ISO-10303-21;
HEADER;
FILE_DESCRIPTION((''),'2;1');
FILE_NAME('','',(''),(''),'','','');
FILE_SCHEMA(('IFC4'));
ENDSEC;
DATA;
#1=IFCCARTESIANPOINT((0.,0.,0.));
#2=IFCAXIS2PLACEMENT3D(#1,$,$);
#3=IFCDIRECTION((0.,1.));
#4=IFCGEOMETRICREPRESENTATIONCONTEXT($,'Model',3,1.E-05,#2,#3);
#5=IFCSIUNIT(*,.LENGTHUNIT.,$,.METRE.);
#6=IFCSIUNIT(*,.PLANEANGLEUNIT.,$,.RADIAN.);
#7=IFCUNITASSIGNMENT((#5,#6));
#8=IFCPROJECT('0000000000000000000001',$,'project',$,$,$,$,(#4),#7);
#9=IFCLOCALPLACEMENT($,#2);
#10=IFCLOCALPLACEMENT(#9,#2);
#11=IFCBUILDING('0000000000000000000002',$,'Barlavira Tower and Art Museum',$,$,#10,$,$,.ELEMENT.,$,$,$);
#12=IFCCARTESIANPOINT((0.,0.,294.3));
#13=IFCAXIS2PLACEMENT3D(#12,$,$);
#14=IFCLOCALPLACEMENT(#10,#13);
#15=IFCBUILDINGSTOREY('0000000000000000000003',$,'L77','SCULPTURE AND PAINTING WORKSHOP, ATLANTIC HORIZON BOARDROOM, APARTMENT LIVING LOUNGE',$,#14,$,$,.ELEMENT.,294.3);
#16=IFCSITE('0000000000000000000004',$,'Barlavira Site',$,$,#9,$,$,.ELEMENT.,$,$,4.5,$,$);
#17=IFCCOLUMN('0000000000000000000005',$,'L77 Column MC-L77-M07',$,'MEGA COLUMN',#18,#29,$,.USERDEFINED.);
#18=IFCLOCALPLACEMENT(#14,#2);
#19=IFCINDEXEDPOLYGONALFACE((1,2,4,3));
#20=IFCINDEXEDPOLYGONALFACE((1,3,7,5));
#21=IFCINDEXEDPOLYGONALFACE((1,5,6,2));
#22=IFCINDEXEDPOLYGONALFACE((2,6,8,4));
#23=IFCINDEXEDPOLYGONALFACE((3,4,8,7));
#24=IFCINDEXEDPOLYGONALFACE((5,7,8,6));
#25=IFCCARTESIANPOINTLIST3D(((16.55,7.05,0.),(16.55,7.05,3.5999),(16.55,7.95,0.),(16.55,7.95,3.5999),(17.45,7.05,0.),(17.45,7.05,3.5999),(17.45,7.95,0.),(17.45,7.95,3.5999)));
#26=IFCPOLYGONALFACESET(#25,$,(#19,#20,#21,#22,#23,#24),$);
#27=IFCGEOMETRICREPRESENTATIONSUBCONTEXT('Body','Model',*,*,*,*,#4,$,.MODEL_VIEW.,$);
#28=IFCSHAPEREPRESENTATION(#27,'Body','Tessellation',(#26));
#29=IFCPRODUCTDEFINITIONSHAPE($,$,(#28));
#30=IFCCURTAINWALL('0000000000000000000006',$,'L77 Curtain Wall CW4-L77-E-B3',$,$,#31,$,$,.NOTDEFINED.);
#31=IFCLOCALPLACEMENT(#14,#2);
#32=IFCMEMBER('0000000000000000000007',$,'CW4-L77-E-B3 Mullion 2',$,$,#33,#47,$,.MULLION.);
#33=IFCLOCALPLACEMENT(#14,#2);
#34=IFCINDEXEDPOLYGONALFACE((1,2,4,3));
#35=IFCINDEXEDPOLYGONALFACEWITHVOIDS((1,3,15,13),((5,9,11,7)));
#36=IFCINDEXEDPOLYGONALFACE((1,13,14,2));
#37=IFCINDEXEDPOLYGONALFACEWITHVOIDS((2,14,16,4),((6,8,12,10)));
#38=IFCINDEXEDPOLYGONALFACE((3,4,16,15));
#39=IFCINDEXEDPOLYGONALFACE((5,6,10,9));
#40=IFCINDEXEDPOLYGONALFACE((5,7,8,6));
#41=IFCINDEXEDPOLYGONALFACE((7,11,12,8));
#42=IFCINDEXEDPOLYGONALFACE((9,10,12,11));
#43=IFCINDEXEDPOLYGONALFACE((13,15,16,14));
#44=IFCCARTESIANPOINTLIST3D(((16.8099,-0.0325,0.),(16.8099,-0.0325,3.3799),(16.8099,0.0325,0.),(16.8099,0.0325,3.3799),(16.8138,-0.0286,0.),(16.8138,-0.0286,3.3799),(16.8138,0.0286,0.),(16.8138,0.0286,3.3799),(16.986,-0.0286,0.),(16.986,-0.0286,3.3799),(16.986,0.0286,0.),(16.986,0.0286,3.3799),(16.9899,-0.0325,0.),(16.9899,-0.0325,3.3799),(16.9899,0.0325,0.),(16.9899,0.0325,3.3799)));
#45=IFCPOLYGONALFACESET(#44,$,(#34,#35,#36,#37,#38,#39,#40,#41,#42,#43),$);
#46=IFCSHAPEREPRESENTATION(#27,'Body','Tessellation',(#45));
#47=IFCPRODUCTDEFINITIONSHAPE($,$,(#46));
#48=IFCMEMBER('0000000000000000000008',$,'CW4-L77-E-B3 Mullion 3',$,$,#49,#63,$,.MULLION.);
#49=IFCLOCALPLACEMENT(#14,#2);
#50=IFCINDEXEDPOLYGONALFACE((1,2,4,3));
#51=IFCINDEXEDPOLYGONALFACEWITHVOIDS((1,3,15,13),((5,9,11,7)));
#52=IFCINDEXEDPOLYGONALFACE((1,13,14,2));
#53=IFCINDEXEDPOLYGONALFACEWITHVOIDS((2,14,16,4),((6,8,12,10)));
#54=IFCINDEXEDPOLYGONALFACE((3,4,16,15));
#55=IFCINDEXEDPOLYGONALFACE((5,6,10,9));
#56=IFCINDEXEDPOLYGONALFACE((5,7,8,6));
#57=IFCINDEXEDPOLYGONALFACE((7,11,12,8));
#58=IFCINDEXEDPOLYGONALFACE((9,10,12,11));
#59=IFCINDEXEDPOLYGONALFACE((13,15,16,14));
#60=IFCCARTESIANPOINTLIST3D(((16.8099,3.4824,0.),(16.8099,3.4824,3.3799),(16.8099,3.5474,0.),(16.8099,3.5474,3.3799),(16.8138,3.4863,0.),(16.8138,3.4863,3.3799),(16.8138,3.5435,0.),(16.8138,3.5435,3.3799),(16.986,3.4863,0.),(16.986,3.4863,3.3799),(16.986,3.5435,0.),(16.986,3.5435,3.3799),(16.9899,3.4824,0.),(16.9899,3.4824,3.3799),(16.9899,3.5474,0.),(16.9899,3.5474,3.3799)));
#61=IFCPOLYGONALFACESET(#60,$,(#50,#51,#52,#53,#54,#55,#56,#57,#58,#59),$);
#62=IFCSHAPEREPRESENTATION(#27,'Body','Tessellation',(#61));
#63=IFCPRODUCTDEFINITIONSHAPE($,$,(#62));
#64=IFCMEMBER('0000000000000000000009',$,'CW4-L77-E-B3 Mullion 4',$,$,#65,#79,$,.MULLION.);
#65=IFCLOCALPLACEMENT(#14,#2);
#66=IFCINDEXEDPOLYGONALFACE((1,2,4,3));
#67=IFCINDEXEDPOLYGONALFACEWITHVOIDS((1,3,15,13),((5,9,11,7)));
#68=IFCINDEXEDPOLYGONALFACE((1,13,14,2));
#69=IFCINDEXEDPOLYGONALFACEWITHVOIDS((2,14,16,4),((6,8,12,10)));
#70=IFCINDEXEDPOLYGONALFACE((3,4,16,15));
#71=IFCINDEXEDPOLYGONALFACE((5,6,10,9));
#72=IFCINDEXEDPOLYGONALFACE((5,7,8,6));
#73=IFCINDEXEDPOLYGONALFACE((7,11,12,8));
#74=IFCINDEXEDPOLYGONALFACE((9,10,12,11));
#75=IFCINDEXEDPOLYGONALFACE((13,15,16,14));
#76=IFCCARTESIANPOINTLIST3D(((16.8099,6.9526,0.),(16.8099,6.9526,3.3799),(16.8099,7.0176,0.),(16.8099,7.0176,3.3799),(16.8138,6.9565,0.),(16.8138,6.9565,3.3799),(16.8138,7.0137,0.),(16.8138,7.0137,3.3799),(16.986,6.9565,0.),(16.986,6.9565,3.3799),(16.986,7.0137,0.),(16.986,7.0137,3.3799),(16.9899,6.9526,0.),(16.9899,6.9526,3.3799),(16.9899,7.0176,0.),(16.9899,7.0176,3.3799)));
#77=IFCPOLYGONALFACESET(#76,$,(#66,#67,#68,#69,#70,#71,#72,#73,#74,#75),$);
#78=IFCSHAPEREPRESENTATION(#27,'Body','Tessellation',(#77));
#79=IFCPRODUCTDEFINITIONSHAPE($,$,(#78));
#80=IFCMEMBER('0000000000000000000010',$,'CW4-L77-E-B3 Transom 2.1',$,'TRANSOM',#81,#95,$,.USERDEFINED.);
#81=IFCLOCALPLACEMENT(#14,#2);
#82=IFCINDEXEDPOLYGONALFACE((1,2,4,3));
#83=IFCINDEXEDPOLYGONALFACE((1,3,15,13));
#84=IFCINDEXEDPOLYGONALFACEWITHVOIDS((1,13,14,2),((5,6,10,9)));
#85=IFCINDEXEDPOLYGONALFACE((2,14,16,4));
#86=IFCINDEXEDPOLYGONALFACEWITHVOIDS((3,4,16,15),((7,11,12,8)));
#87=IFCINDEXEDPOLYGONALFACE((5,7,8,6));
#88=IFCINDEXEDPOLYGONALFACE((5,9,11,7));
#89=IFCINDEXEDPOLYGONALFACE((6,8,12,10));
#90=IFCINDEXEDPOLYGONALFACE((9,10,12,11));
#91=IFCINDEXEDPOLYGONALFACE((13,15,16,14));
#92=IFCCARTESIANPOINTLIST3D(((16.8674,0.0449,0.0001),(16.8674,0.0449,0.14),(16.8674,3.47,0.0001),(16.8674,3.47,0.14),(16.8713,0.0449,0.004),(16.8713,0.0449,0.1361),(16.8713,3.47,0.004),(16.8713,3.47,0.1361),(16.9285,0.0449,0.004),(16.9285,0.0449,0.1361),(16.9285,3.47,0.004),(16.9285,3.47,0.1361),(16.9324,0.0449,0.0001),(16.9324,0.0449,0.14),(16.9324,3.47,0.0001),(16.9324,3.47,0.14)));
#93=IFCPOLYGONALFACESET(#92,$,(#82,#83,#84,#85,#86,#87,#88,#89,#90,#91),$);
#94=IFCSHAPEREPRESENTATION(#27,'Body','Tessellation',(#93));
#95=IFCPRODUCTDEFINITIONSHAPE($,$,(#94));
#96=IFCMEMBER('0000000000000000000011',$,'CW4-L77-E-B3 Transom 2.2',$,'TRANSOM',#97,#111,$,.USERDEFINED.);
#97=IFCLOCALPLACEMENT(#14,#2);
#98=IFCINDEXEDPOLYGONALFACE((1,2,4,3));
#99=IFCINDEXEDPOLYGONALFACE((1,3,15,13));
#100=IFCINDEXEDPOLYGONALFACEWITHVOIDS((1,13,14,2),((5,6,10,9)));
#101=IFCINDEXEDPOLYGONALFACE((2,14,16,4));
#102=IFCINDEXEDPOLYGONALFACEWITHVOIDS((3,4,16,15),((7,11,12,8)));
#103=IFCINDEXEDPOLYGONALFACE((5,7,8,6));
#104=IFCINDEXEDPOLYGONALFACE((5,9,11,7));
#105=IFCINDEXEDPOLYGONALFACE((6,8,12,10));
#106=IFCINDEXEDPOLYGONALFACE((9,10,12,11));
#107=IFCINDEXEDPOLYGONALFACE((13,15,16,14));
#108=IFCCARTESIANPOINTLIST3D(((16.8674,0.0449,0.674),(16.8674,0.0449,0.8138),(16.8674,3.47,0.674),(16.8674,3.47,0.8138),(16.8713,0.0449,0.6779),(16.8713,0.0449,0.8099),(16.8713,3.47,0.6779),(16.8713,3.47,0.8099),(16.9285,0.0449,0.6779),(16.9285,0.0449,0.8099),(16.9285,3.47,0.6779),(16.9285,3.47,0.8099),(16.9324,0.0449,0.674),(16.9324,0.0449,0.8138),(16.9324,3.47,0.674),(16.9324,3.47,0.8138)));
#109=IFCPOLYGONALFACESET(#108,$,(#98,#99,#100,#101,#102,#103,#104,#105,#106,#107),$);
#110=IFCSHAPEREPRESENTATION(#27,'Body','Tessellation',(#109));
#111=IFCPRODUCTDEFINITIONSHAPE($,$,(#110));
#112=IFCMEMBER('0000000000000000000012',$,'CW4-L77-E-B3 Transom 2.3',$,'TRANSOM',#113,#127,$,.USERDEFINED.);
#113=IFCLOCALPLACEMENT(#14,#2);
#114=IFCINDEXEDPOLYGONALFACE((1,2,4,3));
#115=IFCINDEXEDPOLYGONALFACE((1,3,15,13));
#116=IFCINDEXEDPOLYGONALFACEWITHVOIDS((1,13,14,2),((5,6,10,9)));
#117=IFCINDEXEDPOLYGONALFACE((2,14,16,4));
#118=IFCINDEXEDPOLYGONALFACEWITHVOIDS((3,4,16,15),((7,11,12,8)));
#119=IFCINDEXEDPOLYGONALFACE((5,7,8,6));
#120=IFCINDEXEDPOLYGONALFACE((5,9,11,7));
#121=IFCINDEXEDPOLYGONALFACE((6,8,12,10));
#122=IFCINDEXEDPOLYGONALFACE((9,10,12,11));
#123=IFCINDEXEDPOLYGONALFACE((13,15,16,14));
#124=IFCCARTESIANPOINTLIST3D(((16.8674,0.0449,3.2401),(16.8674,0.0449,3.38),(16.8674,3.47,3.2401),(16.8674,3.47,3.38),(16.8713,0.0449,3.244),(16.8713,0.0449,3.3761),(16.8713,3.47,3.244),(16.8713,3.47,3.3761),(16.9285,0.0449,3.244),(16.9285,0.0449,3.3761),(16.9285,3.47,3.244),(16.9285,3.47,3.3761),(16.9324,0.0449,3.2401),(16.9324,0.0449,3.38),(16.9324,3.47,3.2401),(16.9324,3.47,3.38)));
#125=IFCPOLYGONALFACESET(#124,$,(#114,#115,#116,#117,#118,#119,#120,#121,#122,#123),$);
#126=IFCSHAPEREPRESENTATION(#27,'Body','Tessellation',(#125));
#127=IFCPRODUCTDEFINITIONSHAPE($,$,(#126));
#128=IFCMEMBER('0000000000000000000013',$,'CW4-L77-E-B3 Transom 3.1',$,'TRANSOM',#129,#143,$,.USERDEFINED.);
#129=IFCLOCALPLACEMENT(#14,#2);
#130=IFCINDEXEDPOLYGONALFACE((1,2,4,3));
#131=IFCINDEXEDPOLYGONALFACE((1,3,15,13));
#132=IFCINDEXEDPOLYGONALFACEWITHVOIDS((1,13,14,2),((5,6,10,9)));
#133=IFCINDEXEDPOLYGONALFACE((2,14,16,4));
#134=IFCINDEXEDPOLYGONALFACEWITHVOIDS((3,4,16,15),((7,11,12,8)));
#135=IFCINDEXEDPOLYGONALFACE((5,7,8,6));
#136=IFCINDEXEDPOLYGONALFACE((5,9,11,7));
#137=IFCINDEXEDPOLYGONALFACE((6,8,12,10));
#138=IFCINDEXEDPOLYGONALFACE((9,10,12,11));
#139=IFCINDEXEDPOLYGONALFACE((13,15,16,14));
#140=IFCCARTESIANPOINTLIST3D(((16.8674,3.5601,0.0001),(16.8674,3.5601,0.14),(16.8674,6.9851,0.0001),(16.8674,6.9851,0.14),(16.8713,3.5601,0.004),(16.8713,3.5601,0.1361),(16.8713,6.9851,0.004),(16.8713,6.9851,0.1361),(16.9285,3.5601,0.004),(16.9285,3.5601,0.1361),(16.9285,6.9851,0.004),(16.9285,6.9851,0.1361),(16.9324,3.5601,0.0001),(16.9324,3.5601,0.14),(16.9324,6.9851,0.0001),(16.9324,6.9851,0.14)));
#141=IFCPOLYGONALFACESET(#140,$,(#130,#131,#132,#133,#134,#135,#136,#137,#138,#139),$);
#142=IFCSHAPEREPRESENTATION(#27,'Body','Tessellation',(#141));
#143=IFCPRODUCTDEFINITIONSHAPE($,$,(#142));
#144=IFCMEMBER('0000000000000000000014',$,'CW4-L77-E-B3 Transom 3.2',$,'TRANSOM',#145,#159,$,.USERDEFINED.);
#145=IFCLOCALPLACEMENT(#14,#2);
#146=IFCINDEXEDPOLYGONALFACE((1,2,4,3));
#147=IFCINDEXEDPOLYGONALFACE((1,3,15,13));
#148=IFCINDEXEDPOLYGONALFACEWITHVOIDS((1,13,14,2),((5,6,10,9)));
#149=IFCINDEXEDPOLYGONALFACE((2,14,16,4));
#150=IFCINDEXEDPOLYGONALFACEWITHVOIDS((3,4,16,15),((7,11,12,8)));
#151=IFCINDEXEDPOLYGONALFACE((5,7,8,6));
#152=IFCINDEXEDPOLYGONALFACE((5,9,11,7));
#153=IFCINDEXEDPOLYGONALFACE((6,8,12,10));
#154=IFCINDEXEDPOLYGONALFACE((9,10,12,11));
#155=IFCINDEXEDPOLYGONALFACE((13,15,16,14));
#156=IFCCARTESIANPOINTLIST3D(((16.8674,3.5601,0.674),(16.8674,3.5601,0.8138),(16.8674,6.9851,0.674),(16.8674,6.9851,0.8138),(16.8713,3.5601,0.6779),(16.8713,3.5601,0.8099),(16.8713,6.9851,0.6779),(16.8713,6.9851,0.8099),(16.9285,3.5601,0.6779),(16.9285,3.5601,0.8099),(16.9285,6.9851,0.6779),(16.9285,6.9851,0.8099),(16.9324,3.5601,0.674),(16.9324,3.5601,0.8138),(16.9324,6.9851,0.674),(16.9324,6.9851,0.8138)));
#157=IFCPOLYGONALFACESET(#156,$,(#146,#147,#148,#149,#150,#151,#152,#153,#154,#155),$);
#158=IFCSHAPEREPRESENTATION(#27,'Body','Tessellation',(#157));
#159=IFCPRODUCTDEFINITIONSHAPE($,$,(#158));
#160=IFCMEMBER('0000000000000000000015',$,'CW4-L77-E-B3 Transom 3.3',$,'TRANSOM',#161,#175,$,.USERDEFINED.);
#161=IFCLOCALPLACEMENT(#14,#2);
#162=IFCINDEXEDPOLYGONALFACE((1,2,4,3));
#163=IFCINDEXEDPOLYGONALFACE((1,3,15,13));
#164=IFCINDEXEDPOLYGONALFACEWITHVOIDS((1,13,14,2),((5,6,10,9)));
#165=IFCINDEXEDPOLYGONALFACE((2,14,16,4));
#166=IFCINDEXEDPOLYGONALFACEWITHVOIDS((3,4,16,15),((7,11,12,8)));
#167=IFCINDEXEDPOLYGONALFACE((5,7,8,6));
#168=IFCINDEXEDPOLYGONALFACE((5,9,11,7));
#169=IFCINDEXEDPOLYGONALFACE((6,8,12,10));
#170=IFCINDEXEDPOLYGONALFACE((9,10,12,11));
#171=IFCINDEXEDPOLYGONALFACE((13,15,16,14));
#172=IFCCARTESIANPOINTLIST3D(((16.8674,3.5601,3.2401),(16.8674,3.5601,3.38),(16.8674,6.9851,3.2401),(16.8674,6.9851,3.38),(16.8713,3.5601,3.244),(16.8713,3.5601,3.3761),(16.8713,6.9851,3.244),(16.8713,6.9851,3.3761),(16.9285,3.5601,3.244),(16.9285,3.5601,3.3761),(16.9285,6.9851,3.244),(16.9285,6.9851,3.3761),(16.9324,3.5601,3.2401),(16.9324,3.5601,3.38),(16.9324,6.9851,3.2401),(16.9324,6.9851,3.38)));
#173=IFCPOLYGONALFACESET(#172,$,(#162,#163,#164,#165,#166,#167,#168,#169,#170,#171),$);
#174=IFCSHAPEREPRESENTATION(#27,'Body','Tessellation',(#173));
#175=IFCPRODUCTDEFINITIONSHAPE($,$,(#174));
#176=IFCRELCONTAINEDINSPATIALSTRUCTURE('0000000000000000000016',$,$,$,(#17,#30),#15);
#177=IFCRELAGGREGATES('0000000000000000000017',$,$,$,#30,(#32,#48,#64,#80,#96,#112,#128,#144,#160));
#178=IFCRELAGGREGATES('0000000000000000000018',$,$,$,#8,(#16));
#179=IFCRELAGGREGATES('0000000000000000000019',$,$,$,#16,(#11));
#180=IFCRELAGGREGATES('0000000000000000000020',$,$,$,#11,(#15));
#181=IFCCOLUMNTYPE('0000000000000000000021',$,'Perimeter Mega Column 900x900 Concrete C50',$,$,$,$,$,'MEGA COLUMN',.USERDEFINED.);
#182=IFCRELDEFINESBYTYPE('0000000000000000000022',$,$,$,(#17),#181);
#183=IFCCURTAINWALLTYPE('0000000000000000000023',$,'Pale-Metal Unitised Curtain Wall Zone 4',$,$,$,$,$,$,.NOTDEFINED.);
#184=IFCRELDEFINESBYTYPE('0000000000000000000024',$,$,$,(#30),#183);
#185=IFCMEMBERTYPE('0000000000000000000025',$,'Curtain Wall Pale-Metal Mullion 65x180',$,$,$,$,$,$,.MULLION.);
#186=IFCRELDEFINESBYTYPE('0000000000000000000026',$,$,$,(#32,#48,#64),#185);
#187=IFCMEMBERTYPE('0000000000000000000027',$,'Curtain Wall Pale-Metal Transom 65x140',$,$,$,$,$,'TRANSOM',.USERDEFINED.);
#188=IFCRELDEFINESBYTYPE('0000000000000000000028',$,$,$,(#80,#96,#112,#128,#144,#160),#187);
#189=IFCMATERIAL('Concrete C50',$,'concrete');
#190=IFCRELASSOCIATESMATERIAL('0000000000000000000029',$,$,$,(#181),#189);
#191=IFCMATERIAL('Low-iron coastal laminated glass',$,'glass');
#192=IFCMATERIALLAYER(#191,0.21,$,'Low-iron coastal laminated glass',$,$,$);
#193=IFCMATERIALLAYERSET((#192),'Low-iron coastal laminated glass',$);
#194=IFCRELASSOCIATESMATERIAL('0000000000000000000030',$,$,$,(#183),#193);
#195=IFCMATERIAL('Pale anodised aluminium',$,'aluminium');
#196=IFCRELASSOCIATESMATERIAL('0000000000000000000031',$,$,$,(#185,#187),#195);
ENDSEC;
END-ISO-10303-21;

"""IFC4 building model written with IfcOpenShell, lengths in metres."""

from ifc_helpers import new_model, si_unit, direction, frame, origin, origin_2d, place, context, subcontext, project, spatial, rectangle, hollow_rectangle, extrude, material, layer, layer_set, material_profile, profile_set, type_object, element, aggregate, save


model = new_model("IFC4")

# Units and contexts
model_context = context("Model", 3, precision=1e-05, world=origin(), true_north=direction((0.0, 1.0)))
body_context = subcontext(model_context, "Body", "Model", "MODEL_VIEW")
ifc_project = project(units=[si_unit("LENGTHUNIT", "METRE"), si_unit("PLANEANGLEUNIT", "RADIAN")], contexts=[model_context])

# Site, building, storey
site_placement = place(None, origin())
site = spatial("IfcSite", under=ifc_project, at=site_placement, Name="Barlavira Site", CompositionType="ELEMENT", RefElevation=4.5)
building_placement = place(site_placement, origin())
building = spatial("IfcBuilding", under=site, at=building_placement, Name="Barlavira Tower and Art Museum", CompositionType="ELEMENT")
storey_placement = place(building_placement, frame((0.0, 0.0, 294.3)))
storey = spatial("IfcBuildingStorey", under=building, at=storey_placement, Name="L77", Description="SCULPTURE AND PAINTING WORKSHOP, ATLANTIC HORIZON BOARDROOM, APARTMENT LIVING LOUNGE", CompositionType="ELEMENT", Elevation=294.3)

# Column
ifc_material_1 = material(Name="Concrete C50", Category="concrete")
ifc_material_profile_1 = material_profile(ifc_material_1, rectangle(XDim=0.8999, YDim=0.8999, at=origin_2d()), Name="RC-COL 900x900")
ifc_profile_set_1 = profile_set([ifc_material_profile_1], Name="Concrete C50")
column_type = type_object("IfcColumnType", Name="Perimeter Mega Column 900x900 Concrete C50", ElementType="MEGA COLUMN", PredefinedType="USERDEFINED", material=ifc_profile_set_1)
column_placement = place(storey_placement, frame((17.0, 7.5, 0.0), z_axis=(0.0, 0.0, 1.0), x_axis=(1.0, 0.0, 0.0)))
element("IfcColumn", 1, at=column_placement, inside=storey, type_object=column_type, Name="L77 Column MC-L77-M07", ObjectType="MEGA COLUMN", PredefinedType="USERDEFINED", context=body_context, shape_type="SweptSolid", body=[
    extrude(rectangle(XDim=0.8999, YDim=0.8999, at=origin_2d()), origin(), (0.0, 0.0, 1.0), 3.5999),
])

# Curtain wall, members
ifc_material_2 = material(Name="Low-iron coastal laminated glass", Category="glass")
ifc_layer_1 = layer(ifc_material_2, 0.21, Name="Low-iron coastal laminated glass")
ifc_layer_set_1 = layer_set([ifc_layer_1], Name="Low-iron coastal laminated glass")
curtain_wall_type = type_object("IfcCurtainWallType", Name="Pale-Metal Unitised Curtain Wall Zone 4", PredefinedType="NOTDEFINED", material=ifc_layer_set_1)
curtain_wall_placement = place(storey_placement, origin())
curtain_wall = element("IfcCurtainWall", 2, at=curtain_wall_placement, inside=storey, type_object=curtain_wall_type, Name="L77 Curtain Wall CW4-L77-E-B3", PredefinedType="NOTDEFINED")
ifc_material_3 = material(Name="Pale anodised aluminium", Category="aluminium")
ifc_material_profile_2 = material_profile(ifc_material_3, hollow_rectangle(XDim=0.0649, YDim=0.1799, WallThickness=0.0039, at=origin_2d()), Name="ALU-MULL 65x180x4")
ifc_profile_set_2 = profile_set([ifc_material_profile_2], Name="Pale anodised aluminium")
member_type_1 = type_object("IfcMemberType", Name="Curtain Wall Pale-Metal Mullion 65x180", PredefinedType="MULLION", material=ifc_profile_set_2)
member_1_placement = place(storey_placement, frame((16.8999, 0.0, 0.0), z_axis=(0.0, 0.0, 1.0), x_axis=(0.0, 1.0, 0.0)))
member_1 = element("IfcMember", 3, at=member_1_placement, type_object=member_type_1, Name="CW4-L77-E-B3 Mullion 2", PredefinedType="MULLION", context=body_context, shape_type="SweptSolid", body=[
    extrude(hollow_rectangle(XDim=0.0649, YDim=0.1799, WallThickness=0.0039, at=origin_2d()), origin(), (0.0, 0.0, 1.0), 3.3799),
])
member_2_placement = place(storey_placement, frame((16.8999, 3.5149, 0.0), z_axis=(0.0, 0.0, 1.0), x_axis=(0.0, 1.0, 0.0)))
member_2 = element("IfcMember", 4, at=member_2_placement, type_object=member_type_1, Name="CW4-L77-E-B3 Mullion 3", PredefinedType="MULLION", context=body_context, shape_type="SweptSolid", body=[
    extrude(hollow_rectangle(XDim=0.0649, YDim=0.1799, WallThickness=0.0039, at=origin_2d()), origin(), (0.0, 0.0, 1.0), 3.3799),
])
member_3_placement = place(storey_placement, frame((16.8999, 6.9851, 0.0), z_axis=(0.0, 0.0, 1.0), x_axis=(0.0, 1.0, 0.0)))
member_3 = element("IfcMember", 5, at=member_3_placement, type_object=member_type_1, Name="CW4-L77-E-B3 Mullion 4", PredefinedType="MULLION", context=body_context, shape_type="SweptSolid", body=[
    extrude(hollow_rectangle(XDim=0.0649, YDim=0.1799, WallThickness=0.0039, at=origin_2d()), origin(), (0.0, 0.0, 1.0), 3.3799),
])
ifc_material_profile_3 = material_profile(ifc_material_3, hollow_rectangle(XDim=0.0649, YDim=0.1399, WallThickness=0.0039, at=origin_2d()), Name="ALU-TRAN 65x140x4")
ifc_profile_set_3 = profile_set([ifc_material_profile_3], Name="Pale anodised aluminium")
member_type_2 = type_object("IfcMemberType", Name="Curtain Wall Pale-Metal Transom 65x140", ElementType="TRANSOM", PredefinedType="USERDEFINED", material=ifc_profile_set_3)
member_4_placement = place(storey_placement, frame((16.8999, 0.0449, 0.0701), z_axis=(0.0, 1.0, 0.0), x_axis=(-1.0, 0.0, 0.0)))
member_4 = element("IfcMember", 6, at=member_4_placement, type_object=member_type_2, Name="CW4-L77-E-B3 Transom 2.1", ObjectType="TRANSOM", PredefinedType="USERDEFINED", context=body_context, shape_type="SweptSolid", body=[
    extrude(hollow_rectangle(XDim=0.0649, YDim=0.1399, WallThickness=0.0039, at=origin_2d()), origin(), (0.0, 0.0, 1.0), 3.425),
])
member_5_placement = place(storey_placement, frame((16.8999, 0.0449, 0.7439), z_axis=(0.0, 1.0, 0.0), x_axis=(-1.0, 0.0, 0.0)))
member_5 = element("IfcMember", 7, at=member_5_placement, type_object=member_type_2, Name="CW4-L77-E-B3 Transom 2.2", ObjectType="TRANSOM", PredefinedType="USERDEFINED", context=body_context, shape_type="SweptSolid", body=[
    extrude(hollow_rectangle(XDim=0.0649, YDim=0.1399, WallThickness=0.0039, at=origin_2d()), origin(), (0.0, 0.0, 1.0), 3.425),
])
member_6_placement = place(storey_placement, frame((16.8999, 0.0449, 3.3101), z_axis=(0.0, 1.0, 0.0), x_axis=(-1.0, 0.0, 0.0)))
member_6 = element("IfcMember", 8, at=member_6_placement, type_object=member_type_2, Name="CW4-L77-E-B3 Transom 2.3", ObjectType="TRANSOM", PredefinedType="USERDEFINED", context=body_context, shape_type="SweptSolid", body=[
    extrude(hollow_rectangle(XDim=0.0649, YDim=0.1399, WallThickness=0.0039, at=origin_2d()), origin(), (0.0, 0.0, 1.0), 3.425),
])
member_7_placement = place(storey_placement, frame((16.8999, 3.5601, 0.0701), z_axis=(0.0, 1.0, 0.0), x_axis=(-1.0, 0.0, 0.0)))
member_7 = element("IfcMember", 9, at=member_7_placement, type_object=member_type_2, Name="CW4-L77-E-B3 Transom 3.1", ObjectType="TRANSOM", PredefinedType="USERDEFINED", context=body_context, shape_type="SweptSolid", body=[
    extrude(hollow_rectangle(XDim=0.0649, YDim=0.1399, WallThickness=0.0039, at=origin_2d()), origin(), (0.0, 0.0, 1.0), 3.425),
])
member_8_placement = place(storey_placement, frame((16.8999, 3.5601, 0.7439), z_axis=(0.0, 1.0, 0.0), x_axis=(-1.0, 0.0, 0.0)))
member_8 = element("IfcMember", 10, at=member_8_placement, type_object=member_type_2, Name="CW4-L77-E-B3 Transom 3.2", ObjectType="TRANSOM", PredefinedType="USERDEFINED", context=body_context, shape_type="SweptSolid", body=[
    extrude(hollow_rectangle(XDim=0.0649, YDim=0.1399, WallThickness=0.0039, at=origin_2d()), origin(), (0.0, 0.0, 1.0), 3.425),
])
member_9_placement = place(storey_placement, frame((16.8999, 3.5601, 3.3101), z_axis=(0.0, 1.0, 0.0), x_axis=(-1.0, 0.0, 0.0)))
member_9 = element("IfcMember", 11, at=member_9_placement, type_object=member_type_2, Name="CW4-L77-E-B3 Transom 3.3", ObjectType="TRANSOM", PredefinedType="USERDEFINED", context=body_context, shape_type="SweptSolid", body=[
    extrude(hollow_rectangle(XDim=0.0649, YDim=0.1399, WallThickness=0.0039, at=origin_2d()), origin(), (0.0, 0.0, 1.0), 3.425),
])

aggregate(curtain_wall, [member_1, member_2, member_3, member_4, member_5, member_6, member_7, member_8, member_9])

save(model, "model.ifc")
